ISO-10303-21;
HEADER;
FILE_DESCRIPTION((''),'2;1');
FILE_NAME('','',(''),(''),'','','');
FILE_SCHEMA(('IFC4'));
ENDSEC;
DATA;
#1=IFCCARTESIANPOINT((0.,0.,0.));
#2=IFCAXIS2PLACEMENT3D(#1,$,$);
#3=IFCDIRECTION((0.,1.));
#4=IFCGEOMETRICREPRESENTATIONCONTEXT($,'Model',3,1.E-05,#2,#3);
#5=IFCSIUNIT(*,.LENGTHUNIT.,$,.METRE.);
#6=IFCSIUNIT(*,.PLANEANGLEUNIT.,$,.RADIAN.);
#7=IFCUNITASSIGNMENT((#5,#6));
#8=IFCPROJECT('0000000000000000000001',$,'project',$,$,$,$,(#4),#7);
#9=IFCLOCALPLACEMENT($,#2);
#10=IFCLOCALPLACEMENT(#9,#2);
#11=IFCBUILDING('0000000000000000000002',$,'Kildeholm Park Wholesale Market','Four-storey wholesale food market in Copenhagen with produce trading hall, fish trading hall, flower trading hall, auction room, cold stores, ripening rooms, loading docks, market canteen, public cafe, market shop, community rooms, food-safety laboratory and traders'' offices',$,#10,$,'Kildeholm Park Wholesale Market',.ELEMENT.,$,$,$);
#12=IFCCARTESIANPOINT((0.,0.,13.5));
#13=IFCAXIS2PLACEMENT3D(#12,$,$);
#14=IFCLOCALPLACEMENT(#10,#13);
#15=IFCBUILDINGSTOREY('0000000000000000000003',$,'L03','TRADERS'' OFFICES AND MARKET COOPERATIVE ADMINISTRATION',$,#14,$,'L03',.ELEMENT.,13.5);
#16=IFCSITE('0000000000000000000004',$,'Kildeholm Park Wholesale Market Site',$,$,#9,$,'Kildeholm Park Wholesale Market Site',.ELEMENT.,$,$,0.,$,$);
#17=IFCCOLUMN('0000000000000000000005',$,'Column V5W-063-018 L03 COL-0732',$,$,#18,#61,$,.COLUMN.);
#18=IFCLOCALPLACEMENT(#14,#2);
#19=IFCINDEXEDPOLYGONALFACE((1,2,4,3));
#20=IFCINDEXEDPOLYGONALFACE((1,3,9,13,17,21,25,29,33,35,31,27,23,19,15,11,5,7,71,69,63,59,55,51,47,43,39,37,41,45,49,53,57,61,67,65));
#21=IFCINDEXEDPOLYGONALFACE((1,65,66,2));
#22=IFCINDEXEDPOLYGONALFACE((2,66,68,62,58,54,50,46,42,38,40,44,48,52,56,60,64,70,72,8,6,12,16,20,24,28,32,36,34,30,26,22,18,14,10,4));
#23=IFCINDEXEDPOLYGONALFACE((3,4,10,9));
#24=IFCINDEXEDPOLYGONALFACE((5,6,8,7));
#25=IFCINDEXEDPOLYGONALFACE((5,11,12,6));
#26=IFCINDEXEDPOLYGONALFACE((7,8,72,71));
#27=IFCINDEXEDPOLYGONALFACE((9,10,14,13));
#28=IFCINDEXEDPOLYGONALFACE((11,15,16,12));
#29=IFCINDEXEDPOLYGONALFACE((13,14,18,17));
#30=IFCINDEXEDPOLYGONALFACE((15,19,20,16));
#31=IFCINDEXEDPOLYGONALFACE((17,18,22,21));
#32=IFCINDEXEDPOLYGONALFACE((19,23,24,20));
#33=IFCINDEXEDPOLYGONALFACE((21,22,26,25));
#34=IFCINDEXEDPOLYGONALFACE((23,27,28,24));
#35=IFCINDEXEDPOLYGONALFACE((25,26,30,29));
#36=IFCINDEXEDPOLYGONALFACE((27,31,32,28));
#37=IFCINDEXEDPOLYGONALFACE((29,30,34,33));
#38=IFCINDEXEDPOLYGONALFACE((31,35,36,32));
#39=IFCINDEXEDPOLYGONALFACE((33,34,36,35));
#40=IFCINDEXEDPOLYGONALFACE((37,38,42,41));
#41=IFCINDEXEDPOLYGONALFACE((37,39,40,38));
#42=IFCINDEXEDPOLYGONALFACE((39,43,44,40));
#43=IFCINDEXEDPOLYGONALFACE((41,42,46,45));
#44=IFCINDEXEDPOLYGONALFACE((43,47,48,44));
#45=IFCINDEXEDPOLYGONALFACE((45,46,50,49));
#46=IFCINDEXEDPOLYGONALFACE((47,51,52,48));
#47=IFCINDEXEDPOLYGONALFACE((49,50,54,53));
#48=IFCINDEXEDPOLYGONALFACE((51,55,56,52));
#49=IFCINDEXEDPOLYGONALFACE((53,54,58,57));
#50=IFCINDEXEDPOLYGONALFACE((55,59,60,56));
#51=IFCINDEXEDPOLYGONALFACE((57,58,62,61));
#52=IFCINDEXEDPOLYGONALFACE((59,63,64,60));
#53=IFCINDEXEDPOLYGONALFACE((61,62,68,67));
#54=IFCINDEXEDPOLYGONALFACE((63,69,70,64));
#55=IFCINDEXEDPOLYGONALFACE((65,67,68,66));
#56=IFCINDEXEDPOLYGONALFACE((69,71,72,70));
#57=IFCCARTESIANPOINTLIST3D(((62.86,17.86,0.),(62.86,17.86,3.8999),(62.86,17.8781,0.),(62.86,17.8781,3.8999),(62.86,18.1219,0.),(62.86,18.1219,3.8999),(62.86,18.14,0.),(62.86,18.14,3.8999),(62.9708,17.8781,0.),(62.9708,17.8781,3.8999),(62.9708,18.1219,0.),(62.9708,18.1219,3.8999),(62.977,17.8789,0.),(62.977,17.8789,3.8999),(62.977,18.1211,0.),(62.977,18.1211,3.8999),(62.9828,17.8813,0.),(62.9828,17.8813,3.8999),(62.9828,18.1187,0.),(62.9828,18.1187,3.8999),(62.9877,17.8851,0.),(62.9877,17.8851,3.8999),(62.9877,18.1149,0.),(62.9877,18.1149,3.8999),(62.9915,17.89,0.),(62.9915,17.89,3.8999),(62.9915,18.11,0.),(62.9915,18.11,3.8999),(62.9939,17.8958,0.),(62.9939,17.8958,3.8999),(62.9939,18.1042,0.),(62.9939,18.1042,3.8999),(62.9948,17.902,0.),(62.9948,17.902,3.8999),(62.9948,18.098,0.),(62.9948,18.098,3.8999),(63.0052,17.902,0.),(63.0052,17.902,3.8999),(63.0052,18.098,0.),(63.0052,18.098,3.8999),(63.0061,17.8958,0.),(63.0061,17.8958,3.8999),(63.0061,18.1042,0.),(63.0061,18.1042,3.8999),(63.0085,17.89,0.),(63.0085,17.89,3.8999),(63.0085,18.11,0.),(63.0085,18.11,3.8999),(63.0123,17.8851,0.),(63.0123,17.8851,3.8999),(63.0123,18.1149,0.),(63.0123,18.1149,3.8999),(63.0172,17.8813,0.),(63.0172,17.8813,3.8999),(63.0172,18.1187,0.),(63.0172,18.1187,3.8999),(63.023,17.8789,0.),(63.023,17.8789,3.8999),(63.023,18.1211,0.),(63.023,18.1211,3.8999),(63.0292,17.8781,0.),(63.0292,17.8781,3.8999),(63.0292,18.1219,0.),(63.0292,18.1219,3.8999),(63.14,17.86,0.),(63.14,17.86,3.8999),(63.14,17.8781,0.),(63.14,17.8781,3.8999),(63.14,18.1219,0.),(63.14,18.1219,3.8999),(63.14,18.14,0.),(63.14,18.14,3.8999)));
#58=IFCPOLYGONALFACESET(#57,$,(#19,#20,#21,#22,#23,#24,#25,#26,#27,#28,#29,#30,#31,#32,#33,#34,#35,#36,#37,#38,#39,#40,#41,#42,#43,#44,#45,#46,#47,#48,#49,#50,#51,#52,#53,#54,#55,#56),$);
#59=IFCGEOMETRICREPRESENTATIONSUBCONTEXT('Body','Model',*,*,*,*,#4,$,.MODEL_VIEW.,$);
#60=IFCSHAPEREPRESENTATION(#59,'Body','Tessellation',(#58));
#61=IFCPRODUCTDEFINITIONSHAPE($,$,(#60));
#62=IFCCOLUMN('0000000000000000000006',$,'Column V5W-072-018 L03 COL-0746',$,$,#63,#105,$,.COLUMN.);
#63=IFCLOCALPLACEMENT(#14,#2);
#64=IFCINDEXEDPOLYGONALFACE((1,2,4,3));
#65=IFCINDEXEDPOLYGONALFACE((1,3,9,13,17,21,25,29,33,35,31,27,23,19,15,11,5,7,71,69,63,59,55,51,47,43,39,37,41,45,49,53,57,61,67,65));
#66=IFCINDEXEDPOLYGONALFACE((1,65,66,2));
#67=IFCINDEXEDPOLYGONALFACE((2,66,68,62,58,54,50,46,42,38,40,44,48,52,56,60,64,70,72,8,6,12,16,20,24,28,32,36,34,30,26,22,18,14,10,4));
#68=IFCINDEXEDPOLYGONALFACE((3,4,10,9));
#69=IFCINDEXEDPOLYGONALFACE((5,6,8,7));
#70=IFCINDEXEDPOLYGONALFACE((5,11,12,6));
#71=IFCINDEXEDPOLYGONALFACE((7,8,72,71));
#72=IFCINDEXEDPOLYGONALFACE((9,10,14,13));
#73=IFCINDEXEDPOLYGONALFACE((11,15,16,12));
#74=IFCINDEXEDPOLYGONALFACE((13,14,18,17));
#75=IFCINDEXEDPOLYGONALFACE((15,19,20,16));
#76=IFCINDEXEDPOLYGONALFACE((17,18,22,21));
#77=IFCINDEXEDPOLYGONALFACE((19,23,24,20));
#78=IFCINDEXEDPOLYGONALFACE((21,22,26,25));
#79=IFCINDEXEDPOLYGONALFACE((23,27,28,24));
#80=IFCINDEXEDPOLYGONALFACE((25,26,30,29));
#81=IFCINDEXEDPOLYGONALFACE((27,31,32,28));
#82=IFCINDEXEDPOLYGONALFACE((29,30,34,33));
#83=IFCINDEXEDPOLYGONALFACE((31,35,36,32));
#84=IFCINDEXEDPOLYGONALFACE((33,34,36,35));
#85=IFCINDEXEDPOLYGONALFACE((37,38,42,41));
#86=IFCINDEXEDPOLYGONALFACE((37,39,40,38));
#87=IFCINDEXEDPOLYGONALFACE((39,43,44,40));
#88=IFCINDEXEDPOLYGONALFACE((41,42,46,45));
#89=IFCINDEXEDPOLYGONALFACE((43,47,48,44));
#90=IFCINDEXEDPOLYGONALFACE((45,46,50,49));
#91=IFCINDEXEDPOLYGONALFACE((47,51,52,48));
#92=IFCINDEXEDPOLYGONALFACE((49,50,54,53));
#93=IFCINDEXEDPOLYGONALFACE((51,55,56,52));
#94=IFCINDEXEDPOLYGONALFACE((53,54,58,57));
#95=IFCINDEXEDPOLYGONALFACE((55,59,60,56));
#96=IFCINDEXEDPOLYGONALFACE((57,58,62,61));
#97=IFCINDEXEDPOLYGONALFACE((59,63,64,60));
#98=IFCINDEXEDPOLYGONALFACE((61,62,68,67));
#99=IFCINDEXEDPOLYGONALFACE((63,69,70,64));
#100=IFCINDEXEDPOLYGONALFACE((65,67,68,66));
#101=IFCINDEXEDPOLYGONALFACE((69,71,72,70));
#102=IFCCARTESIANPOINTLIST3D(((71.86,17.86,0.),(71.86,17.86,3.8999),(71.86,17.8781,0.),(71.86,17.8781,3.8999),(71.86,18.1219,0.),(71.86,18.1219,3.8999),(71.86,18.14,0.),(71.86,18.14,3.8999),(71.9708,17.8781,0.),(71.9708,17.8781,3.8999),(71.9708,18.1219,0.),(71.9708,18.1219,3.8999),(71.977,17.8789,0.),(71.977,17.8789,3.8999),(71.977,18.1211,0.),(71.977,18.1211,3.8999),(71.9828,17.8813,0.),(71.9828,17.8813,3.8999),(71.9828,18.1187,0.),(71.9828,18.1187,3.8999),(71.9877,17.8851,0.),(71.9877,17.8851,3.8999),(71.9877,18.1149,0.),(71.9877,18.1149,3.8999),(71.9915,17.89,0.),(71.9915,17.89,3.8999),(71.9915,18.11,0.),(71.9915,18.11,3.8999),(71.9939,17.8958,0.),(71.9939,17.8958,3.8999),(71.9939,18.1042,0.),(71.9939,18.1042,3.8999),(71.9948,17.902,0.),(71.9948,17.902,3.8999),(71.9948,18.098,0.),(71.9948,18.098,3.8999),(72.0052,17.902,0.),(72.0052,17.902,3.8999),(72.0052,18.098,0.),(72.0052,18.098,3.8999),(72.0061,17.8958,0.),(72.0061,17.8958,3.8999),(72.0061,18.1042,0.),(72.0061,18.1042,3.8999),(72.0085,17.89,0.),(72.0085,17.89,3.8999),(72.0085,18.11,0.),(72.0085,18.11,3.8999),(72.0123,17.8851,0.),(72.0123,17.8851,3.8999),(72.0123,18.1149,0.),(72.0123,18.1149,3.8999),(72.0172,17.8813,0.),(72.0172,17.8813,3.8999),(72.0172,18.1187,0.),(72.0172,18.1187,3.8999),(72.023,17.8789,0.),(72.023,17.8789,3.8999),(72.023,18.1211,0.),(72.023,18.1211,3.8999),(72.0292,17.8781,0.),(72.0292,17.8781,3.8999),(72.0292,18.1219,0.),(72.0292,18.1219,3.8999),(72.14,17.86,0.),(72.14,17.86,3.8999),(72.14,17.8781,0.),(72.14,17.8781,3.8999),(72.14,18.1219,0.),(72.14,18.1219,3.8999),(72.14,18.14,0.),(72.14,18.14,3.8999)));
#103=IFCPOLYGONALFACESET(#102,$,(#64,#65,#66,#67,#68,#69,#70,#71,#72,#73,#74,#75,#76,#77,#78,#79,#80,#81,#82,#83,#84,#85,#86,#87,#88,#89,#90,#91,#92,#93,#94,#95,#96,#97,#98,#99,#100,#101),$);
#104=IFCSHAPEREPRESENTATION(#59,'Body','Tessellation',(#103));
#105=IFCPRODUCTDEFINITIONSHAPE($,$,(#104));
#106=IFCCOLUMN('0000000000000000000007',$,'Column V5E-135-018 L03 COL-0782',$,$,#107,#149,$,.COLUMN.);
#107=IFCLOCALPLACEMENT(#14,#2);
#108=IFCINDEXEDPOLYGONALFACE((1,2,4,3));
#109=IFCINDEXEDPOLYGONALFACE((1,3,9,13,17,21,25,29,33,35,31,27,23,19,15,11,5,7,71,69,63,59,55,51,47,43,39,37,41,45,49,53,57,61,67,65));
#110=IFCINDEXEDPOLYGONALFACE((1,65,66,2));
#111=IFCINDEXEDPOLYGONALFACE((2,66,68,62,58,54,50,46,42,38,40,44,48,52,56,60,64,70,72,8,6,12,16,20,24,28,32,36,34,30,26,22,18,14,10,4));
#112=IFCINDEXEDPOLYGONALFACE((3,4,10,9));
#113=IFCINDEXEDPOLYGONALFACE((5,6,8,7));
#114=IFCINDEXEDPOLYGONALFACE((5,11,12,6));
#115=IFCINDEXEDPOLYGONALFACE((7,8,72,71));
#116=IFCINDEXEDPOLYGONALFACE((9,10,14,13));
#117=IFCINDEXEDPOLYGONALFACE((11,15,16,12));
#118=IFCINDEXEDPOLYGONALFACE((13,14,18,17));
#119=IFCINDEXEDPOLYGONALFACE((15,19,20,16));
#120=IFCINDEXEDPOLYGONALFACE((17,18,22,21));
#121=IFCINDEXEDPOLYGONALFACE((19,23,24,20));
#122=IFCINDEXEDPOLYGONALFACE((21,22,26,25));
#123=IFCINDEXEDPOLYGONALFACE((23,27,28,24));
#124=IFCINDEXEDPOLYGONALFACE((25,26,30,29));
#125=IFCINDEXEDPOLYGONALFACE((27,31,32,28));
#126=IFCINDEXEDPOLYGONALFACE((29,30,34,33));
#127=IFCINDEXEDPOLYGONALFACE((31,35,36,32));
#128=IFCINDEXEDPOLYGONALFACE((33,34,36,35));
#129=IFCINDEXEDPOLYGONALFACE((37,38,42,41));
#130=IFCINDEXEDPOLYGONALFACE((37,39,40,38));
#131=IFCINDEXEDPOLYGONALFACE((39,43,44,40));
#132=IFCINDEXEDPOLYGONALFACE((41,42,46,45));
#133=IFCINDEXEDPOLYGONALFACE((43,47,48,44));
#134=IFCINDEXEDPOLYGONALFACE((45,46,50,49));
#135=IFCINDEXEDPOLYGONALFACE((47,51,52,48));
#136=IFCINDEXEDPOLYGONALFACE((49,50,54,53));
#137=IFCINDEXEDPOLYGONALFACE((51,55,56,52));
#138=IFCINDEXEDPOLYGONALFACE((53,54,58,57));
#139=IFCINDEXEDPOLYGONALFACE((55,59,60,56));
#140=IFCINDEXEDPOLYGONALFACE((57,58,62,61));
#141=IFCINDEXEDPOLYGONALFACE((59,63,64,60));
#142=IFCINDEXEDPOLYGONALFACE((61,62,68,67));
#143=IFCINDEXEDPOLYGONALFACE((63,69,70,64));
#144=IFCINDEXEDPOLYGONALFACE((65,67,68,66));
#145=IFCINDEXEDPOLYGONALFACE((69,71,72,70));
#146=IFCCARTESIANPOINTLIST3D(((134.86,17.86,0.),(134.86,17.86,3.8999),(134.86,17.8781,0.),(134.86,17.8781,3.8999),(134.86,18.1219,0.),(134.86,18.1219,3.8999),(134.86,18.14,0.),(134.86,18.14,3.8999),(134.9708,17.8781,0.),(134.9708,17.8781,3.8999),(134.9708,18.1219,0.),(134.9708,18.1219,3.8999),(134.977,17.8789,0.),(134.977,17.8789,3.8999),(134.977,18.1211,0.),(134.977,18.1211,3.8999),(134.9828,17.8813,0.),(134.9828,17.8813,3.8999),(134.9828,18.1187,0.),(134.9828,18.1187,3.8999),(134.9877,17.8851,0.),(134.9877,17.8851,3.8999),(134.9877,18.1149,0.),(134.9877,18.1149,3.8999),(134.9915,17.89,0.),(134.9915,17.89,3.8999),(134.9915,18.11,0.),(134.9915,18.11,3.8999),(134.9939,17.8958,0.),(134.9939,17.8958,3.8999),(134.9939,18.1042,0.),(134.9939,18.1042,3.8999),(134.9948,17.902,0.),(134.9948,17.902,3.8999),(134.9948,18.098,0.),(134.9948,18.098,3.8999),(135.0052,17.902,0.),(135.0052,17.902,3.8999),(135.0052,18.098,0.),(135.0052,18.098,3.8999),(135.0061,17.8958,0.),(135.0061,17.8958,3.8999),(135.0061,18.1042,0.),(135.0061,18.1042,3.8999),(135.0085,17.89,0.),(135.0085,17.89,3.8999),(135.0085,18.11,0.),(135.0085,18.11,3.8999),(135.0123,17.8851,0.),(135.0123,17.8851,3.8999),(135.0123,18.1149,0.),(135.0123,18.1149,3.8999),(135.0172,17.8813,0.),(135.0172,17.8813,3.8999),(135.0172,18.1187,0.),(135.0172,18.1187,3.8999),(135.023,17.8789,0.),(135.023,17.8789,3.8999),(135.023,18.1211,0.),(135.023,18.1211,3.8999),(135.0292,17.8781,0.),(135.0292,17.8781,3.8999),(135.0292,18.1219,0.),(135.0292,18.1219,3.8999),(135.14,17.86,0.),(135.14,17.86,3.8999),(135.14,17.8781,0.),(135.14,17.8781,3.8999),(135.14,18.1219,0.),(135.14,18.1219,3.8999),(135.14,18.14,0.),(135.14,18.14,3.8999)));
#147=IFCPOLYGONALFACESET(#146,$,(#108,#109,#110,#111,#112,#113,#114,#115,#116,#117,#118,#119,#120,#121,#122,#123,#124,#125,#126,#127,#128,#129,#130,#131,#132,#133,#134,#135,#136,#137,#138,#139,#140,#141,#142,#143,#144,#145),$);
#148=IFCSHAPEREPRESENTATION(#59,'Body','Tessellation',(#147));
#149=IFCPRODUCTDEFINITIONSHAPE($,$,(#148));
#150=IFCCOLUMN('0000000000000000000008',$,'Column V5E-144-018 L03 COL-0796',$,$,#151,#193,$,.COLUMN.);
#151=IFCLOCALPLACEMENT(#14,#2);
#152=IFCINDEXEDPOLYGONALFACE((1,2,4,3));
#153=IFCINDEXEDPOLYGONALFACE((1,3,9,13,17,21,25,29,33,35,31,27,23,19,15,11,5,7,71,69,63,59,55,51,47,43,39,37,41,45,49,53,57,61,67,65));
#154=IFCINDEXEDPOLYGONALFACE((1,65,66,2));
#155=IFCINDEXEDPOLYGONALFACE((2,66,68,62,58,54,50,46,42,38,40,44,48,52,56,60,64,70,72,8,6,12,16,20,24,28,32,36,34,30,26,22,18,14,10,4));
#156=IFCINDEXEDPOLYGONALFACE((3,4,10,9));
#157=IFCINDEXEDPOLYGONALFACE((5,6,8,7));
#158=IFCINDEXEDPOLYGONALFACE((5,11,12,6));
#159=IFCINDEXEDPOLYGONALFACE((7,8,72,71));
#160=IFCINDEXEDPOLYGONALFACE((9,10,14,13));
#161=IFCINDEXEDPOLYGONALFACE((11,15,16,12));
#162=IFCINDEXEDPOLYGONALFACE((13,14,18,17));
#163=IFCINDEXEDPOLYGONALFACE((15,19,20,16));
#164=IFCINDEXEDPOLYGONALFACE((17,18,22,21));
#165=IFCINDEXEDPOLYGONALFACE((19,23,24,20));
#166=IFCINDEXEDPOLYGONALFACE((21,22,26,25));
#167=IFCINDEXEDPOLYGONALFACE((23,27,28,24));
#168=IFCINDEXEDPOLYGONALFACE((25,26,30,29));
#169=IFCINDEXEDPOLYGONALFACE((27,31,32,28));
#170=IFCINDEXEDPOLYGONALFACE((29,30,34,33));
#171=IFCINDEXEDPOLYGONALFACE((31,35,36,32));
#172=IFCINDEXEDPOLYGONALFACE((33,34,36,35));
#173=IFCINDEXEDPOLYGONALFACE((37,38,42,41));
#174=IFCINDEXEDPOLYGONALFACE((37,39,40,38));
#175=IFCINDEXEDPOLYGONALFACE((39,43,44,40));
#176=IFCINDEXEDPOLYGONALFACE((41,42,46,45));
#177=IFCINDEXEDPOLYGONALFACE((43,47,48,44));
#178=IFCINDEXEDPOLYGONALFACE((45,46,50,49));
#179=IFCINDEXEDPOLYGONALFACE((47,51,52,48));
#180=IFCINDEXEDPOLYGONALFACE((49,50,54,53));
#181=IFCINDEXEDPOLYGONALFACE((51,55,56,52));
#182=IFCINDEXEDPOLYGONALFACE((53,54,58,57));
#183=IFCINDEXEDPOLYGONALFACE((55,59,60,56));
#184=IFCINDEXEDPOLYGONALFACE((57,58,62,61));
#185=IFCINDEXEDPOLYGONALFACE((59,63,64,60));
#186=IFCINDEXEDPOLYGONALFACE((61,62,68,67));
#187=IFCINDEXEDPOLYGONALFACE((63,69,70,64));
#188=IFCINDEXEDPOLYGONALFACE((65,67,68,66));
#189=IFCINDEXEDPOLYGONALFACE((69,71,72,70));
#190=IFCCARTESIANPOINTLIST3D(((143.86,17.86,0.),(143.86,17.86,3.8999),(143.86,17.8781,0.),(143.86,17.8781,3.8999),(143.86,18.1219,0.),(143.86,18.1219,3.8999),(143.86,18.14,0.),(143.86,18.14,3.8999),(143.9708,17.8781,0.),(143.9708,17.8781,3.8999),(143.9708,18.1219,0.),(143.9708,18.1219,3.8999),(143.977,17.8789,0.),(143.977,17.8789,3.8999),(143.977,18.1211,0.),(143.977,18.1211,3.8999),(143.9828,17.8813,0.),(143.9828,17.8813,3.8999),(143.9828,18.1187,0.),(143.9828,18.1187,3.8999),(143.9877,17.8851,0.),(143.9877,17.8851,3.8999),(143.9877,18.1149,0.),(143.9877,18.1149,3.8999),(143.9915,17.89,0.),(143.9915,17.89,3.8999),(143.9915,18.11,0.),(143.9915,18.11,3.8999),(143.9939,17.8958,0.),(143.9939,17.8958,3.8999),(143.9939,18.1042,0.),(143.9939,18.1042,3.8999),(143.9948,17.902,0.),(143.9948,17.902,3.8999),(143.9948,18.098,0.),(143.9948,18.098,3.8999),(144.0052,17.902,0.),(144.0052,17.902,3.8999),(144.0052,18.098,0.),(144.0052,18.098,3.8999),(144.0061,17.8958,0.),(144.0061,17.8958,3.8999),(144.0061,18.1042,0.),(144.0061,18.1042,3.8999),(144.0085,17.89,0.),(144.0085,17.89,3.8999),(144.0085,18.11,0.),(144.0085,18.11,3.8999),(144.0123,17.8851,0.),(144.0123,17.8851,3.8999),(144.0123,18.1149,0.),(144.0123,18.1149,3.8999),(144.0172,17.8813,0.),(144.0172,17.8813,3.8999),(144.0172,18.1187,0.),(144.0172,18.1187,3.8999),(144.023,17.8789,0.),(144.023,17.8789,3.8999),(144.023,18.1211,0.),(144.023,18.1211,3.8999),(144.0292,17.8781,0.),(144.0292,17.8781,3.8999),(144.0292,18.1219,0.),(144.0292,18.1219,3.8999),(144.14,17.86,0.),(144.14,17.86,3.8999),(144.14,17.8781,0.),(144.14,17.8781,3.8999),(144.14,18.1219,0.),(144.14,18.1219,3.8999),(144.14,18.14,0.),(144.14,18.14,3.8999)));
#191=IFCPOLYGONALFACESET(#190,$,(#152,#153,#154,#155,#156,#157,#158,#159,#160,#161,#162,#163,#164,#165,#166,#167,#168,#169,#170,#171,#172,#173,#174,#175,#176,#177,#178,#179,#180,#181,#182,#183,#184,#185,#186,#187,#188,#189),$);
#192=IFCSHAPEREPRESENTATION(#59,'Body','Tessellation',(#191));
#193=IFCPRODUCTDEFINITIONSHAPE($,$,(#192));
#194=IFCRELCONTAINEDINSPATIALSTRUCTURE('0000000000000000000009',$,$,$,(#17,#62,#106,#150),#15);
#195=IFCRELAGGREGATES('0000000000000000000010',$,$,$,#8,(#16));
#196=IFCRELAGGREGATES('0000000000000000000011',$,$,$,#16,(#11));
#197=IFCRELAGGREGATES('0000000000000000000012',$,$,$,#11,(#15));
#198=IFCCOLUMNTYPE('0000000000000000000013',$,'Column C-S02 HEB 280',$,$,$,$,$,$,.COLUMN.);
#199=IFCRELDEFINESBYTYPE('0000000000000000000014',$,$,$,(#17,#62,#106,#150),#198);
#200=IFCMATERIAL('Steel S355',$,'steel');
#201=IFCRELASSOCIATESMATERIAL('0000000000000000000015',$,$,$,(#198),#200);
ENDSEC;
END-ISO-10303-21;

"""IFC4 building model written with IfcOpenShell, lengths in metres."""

from ifc_helpers import new_model, si_unit, direction, frame, origin, origin_2d, place, context, subcontext, project, spatial, i_section, extrude, material, material_profile, profile_set, type_object, element, save


model = new_model("IFC4")

# Units and contexts
model_context = context("Model", 3, precision=1e-05, world=origin(), true_north=direction((0.0, 1.0)))
body_context = subcontext(model_context, "Body", "Model", "MODEL_VIEW")
ifc_project = project(units=[si_unit("LENGTHUNIT", "METRE"), si_unit("PLANEANGLEUNIT", "RADIAN")], contexts=[model_context])

# Site, building, storey
site_placement = place(None, origin())
site = spatial("IfcSite", under=ifc_project, at=site_placement, Name="Kildeholm Park Wholesale Market Site", LongName="Kildeholm Park Wholesale Market Site", CompositionType="ELEMENT", RefElevation=0.0)
building_placement = place(site_placement, origin())
building = spatial("IfcBuilding", under=site, at=building_placement, Name="Kildeholm Park Wholesale Market", Description="Four-storey wholesale food market in Copenhagen with produce trading hall, fish trading hall, flower trading hall, auction room, cold stores, ripening rooms, loading docks, market canteen, public cafe, market shop, community rooms, food-safety laboratory and traders' offices", LongName="Kildeholm Park Wholesale Market", CompositionType="ELEMENT")
storey_placement = place(building_placement, frame((0.0, 0.0, 13.5)))
storey = spatial("IfcBuildingStorey", under=building, at=storey_placement, Name="L03", Description="TRADERS' OFFICES AND MARKET COOPERATIVE ADMINISTRATION", LongName="L03", CompositionType="ELEMENT", Elevation=13.5)

# Columns
ifc_material_1 = material(Name="Steel S355", Category="steel")
ifc_material_profile_1 = material_profile(ifc_material_1, i_section(OverallWidth=0.28, OverallDepth=0.28, WebThickness=0.0105, FlangeThickness=0.0181, FilletRadius=0.0239, at=origin_2d()), Name="HEB 280")
ifc_profile_set_1 = profile_set([ifc_material_profile_1], Name="Steel S355")
column_type = type_object("IfcColumnType", Name="Column C-S02 HEB 280", PredefinedType="COLUMN", material=ifc_profile_set_1)
for number, where, z_axis, x_axis, name in (
    (1, (63.0, 18.0, 0.0), (0.0, 0.0, 1.0), (1.0, 0.0, 0.0), "Column V5W-063-018 L03 COL-0732"),
    (2, (72.0, 18.0, 0.0), (0.0, 0.0, 1.0), (1.0, 0.0, 0.0), "Column V5W-072-018 L03 COL-0746"),
    (3, (135.0, 18.0, 0.0), (0.0, 0.0, 1.0), (1.0, 0.0, 0.0), "Column V5E-135-018 L03 COL-0782"),
    (4, (144.0, 18.0, 0.0), (0.0, 0.0, 1.0), (1.0, 0.0, 0.0), "Column V5E-144-018 L03 COL-0796"),
):
    element("IfcColumn", number, at=place(storey_placement, frame(where, z_axis=z_axis, x_axis=x_axis)), inside=storey, type_object=column_type, Name=name, PredefinedType="COLUMN", context=body_context, shape_type="SweptSolid", body=[
        extrude(i_section(OverallWidth=0.28, OverallDepth=0.28, WebThickness=0.0105, FlangeThickness=0.0181, FilletRadius=0.0239, at=origin_2d()), origin(), (0.0, 0.0, 1.0), 3.8999),
    ])

save(model, "model.ifc")
